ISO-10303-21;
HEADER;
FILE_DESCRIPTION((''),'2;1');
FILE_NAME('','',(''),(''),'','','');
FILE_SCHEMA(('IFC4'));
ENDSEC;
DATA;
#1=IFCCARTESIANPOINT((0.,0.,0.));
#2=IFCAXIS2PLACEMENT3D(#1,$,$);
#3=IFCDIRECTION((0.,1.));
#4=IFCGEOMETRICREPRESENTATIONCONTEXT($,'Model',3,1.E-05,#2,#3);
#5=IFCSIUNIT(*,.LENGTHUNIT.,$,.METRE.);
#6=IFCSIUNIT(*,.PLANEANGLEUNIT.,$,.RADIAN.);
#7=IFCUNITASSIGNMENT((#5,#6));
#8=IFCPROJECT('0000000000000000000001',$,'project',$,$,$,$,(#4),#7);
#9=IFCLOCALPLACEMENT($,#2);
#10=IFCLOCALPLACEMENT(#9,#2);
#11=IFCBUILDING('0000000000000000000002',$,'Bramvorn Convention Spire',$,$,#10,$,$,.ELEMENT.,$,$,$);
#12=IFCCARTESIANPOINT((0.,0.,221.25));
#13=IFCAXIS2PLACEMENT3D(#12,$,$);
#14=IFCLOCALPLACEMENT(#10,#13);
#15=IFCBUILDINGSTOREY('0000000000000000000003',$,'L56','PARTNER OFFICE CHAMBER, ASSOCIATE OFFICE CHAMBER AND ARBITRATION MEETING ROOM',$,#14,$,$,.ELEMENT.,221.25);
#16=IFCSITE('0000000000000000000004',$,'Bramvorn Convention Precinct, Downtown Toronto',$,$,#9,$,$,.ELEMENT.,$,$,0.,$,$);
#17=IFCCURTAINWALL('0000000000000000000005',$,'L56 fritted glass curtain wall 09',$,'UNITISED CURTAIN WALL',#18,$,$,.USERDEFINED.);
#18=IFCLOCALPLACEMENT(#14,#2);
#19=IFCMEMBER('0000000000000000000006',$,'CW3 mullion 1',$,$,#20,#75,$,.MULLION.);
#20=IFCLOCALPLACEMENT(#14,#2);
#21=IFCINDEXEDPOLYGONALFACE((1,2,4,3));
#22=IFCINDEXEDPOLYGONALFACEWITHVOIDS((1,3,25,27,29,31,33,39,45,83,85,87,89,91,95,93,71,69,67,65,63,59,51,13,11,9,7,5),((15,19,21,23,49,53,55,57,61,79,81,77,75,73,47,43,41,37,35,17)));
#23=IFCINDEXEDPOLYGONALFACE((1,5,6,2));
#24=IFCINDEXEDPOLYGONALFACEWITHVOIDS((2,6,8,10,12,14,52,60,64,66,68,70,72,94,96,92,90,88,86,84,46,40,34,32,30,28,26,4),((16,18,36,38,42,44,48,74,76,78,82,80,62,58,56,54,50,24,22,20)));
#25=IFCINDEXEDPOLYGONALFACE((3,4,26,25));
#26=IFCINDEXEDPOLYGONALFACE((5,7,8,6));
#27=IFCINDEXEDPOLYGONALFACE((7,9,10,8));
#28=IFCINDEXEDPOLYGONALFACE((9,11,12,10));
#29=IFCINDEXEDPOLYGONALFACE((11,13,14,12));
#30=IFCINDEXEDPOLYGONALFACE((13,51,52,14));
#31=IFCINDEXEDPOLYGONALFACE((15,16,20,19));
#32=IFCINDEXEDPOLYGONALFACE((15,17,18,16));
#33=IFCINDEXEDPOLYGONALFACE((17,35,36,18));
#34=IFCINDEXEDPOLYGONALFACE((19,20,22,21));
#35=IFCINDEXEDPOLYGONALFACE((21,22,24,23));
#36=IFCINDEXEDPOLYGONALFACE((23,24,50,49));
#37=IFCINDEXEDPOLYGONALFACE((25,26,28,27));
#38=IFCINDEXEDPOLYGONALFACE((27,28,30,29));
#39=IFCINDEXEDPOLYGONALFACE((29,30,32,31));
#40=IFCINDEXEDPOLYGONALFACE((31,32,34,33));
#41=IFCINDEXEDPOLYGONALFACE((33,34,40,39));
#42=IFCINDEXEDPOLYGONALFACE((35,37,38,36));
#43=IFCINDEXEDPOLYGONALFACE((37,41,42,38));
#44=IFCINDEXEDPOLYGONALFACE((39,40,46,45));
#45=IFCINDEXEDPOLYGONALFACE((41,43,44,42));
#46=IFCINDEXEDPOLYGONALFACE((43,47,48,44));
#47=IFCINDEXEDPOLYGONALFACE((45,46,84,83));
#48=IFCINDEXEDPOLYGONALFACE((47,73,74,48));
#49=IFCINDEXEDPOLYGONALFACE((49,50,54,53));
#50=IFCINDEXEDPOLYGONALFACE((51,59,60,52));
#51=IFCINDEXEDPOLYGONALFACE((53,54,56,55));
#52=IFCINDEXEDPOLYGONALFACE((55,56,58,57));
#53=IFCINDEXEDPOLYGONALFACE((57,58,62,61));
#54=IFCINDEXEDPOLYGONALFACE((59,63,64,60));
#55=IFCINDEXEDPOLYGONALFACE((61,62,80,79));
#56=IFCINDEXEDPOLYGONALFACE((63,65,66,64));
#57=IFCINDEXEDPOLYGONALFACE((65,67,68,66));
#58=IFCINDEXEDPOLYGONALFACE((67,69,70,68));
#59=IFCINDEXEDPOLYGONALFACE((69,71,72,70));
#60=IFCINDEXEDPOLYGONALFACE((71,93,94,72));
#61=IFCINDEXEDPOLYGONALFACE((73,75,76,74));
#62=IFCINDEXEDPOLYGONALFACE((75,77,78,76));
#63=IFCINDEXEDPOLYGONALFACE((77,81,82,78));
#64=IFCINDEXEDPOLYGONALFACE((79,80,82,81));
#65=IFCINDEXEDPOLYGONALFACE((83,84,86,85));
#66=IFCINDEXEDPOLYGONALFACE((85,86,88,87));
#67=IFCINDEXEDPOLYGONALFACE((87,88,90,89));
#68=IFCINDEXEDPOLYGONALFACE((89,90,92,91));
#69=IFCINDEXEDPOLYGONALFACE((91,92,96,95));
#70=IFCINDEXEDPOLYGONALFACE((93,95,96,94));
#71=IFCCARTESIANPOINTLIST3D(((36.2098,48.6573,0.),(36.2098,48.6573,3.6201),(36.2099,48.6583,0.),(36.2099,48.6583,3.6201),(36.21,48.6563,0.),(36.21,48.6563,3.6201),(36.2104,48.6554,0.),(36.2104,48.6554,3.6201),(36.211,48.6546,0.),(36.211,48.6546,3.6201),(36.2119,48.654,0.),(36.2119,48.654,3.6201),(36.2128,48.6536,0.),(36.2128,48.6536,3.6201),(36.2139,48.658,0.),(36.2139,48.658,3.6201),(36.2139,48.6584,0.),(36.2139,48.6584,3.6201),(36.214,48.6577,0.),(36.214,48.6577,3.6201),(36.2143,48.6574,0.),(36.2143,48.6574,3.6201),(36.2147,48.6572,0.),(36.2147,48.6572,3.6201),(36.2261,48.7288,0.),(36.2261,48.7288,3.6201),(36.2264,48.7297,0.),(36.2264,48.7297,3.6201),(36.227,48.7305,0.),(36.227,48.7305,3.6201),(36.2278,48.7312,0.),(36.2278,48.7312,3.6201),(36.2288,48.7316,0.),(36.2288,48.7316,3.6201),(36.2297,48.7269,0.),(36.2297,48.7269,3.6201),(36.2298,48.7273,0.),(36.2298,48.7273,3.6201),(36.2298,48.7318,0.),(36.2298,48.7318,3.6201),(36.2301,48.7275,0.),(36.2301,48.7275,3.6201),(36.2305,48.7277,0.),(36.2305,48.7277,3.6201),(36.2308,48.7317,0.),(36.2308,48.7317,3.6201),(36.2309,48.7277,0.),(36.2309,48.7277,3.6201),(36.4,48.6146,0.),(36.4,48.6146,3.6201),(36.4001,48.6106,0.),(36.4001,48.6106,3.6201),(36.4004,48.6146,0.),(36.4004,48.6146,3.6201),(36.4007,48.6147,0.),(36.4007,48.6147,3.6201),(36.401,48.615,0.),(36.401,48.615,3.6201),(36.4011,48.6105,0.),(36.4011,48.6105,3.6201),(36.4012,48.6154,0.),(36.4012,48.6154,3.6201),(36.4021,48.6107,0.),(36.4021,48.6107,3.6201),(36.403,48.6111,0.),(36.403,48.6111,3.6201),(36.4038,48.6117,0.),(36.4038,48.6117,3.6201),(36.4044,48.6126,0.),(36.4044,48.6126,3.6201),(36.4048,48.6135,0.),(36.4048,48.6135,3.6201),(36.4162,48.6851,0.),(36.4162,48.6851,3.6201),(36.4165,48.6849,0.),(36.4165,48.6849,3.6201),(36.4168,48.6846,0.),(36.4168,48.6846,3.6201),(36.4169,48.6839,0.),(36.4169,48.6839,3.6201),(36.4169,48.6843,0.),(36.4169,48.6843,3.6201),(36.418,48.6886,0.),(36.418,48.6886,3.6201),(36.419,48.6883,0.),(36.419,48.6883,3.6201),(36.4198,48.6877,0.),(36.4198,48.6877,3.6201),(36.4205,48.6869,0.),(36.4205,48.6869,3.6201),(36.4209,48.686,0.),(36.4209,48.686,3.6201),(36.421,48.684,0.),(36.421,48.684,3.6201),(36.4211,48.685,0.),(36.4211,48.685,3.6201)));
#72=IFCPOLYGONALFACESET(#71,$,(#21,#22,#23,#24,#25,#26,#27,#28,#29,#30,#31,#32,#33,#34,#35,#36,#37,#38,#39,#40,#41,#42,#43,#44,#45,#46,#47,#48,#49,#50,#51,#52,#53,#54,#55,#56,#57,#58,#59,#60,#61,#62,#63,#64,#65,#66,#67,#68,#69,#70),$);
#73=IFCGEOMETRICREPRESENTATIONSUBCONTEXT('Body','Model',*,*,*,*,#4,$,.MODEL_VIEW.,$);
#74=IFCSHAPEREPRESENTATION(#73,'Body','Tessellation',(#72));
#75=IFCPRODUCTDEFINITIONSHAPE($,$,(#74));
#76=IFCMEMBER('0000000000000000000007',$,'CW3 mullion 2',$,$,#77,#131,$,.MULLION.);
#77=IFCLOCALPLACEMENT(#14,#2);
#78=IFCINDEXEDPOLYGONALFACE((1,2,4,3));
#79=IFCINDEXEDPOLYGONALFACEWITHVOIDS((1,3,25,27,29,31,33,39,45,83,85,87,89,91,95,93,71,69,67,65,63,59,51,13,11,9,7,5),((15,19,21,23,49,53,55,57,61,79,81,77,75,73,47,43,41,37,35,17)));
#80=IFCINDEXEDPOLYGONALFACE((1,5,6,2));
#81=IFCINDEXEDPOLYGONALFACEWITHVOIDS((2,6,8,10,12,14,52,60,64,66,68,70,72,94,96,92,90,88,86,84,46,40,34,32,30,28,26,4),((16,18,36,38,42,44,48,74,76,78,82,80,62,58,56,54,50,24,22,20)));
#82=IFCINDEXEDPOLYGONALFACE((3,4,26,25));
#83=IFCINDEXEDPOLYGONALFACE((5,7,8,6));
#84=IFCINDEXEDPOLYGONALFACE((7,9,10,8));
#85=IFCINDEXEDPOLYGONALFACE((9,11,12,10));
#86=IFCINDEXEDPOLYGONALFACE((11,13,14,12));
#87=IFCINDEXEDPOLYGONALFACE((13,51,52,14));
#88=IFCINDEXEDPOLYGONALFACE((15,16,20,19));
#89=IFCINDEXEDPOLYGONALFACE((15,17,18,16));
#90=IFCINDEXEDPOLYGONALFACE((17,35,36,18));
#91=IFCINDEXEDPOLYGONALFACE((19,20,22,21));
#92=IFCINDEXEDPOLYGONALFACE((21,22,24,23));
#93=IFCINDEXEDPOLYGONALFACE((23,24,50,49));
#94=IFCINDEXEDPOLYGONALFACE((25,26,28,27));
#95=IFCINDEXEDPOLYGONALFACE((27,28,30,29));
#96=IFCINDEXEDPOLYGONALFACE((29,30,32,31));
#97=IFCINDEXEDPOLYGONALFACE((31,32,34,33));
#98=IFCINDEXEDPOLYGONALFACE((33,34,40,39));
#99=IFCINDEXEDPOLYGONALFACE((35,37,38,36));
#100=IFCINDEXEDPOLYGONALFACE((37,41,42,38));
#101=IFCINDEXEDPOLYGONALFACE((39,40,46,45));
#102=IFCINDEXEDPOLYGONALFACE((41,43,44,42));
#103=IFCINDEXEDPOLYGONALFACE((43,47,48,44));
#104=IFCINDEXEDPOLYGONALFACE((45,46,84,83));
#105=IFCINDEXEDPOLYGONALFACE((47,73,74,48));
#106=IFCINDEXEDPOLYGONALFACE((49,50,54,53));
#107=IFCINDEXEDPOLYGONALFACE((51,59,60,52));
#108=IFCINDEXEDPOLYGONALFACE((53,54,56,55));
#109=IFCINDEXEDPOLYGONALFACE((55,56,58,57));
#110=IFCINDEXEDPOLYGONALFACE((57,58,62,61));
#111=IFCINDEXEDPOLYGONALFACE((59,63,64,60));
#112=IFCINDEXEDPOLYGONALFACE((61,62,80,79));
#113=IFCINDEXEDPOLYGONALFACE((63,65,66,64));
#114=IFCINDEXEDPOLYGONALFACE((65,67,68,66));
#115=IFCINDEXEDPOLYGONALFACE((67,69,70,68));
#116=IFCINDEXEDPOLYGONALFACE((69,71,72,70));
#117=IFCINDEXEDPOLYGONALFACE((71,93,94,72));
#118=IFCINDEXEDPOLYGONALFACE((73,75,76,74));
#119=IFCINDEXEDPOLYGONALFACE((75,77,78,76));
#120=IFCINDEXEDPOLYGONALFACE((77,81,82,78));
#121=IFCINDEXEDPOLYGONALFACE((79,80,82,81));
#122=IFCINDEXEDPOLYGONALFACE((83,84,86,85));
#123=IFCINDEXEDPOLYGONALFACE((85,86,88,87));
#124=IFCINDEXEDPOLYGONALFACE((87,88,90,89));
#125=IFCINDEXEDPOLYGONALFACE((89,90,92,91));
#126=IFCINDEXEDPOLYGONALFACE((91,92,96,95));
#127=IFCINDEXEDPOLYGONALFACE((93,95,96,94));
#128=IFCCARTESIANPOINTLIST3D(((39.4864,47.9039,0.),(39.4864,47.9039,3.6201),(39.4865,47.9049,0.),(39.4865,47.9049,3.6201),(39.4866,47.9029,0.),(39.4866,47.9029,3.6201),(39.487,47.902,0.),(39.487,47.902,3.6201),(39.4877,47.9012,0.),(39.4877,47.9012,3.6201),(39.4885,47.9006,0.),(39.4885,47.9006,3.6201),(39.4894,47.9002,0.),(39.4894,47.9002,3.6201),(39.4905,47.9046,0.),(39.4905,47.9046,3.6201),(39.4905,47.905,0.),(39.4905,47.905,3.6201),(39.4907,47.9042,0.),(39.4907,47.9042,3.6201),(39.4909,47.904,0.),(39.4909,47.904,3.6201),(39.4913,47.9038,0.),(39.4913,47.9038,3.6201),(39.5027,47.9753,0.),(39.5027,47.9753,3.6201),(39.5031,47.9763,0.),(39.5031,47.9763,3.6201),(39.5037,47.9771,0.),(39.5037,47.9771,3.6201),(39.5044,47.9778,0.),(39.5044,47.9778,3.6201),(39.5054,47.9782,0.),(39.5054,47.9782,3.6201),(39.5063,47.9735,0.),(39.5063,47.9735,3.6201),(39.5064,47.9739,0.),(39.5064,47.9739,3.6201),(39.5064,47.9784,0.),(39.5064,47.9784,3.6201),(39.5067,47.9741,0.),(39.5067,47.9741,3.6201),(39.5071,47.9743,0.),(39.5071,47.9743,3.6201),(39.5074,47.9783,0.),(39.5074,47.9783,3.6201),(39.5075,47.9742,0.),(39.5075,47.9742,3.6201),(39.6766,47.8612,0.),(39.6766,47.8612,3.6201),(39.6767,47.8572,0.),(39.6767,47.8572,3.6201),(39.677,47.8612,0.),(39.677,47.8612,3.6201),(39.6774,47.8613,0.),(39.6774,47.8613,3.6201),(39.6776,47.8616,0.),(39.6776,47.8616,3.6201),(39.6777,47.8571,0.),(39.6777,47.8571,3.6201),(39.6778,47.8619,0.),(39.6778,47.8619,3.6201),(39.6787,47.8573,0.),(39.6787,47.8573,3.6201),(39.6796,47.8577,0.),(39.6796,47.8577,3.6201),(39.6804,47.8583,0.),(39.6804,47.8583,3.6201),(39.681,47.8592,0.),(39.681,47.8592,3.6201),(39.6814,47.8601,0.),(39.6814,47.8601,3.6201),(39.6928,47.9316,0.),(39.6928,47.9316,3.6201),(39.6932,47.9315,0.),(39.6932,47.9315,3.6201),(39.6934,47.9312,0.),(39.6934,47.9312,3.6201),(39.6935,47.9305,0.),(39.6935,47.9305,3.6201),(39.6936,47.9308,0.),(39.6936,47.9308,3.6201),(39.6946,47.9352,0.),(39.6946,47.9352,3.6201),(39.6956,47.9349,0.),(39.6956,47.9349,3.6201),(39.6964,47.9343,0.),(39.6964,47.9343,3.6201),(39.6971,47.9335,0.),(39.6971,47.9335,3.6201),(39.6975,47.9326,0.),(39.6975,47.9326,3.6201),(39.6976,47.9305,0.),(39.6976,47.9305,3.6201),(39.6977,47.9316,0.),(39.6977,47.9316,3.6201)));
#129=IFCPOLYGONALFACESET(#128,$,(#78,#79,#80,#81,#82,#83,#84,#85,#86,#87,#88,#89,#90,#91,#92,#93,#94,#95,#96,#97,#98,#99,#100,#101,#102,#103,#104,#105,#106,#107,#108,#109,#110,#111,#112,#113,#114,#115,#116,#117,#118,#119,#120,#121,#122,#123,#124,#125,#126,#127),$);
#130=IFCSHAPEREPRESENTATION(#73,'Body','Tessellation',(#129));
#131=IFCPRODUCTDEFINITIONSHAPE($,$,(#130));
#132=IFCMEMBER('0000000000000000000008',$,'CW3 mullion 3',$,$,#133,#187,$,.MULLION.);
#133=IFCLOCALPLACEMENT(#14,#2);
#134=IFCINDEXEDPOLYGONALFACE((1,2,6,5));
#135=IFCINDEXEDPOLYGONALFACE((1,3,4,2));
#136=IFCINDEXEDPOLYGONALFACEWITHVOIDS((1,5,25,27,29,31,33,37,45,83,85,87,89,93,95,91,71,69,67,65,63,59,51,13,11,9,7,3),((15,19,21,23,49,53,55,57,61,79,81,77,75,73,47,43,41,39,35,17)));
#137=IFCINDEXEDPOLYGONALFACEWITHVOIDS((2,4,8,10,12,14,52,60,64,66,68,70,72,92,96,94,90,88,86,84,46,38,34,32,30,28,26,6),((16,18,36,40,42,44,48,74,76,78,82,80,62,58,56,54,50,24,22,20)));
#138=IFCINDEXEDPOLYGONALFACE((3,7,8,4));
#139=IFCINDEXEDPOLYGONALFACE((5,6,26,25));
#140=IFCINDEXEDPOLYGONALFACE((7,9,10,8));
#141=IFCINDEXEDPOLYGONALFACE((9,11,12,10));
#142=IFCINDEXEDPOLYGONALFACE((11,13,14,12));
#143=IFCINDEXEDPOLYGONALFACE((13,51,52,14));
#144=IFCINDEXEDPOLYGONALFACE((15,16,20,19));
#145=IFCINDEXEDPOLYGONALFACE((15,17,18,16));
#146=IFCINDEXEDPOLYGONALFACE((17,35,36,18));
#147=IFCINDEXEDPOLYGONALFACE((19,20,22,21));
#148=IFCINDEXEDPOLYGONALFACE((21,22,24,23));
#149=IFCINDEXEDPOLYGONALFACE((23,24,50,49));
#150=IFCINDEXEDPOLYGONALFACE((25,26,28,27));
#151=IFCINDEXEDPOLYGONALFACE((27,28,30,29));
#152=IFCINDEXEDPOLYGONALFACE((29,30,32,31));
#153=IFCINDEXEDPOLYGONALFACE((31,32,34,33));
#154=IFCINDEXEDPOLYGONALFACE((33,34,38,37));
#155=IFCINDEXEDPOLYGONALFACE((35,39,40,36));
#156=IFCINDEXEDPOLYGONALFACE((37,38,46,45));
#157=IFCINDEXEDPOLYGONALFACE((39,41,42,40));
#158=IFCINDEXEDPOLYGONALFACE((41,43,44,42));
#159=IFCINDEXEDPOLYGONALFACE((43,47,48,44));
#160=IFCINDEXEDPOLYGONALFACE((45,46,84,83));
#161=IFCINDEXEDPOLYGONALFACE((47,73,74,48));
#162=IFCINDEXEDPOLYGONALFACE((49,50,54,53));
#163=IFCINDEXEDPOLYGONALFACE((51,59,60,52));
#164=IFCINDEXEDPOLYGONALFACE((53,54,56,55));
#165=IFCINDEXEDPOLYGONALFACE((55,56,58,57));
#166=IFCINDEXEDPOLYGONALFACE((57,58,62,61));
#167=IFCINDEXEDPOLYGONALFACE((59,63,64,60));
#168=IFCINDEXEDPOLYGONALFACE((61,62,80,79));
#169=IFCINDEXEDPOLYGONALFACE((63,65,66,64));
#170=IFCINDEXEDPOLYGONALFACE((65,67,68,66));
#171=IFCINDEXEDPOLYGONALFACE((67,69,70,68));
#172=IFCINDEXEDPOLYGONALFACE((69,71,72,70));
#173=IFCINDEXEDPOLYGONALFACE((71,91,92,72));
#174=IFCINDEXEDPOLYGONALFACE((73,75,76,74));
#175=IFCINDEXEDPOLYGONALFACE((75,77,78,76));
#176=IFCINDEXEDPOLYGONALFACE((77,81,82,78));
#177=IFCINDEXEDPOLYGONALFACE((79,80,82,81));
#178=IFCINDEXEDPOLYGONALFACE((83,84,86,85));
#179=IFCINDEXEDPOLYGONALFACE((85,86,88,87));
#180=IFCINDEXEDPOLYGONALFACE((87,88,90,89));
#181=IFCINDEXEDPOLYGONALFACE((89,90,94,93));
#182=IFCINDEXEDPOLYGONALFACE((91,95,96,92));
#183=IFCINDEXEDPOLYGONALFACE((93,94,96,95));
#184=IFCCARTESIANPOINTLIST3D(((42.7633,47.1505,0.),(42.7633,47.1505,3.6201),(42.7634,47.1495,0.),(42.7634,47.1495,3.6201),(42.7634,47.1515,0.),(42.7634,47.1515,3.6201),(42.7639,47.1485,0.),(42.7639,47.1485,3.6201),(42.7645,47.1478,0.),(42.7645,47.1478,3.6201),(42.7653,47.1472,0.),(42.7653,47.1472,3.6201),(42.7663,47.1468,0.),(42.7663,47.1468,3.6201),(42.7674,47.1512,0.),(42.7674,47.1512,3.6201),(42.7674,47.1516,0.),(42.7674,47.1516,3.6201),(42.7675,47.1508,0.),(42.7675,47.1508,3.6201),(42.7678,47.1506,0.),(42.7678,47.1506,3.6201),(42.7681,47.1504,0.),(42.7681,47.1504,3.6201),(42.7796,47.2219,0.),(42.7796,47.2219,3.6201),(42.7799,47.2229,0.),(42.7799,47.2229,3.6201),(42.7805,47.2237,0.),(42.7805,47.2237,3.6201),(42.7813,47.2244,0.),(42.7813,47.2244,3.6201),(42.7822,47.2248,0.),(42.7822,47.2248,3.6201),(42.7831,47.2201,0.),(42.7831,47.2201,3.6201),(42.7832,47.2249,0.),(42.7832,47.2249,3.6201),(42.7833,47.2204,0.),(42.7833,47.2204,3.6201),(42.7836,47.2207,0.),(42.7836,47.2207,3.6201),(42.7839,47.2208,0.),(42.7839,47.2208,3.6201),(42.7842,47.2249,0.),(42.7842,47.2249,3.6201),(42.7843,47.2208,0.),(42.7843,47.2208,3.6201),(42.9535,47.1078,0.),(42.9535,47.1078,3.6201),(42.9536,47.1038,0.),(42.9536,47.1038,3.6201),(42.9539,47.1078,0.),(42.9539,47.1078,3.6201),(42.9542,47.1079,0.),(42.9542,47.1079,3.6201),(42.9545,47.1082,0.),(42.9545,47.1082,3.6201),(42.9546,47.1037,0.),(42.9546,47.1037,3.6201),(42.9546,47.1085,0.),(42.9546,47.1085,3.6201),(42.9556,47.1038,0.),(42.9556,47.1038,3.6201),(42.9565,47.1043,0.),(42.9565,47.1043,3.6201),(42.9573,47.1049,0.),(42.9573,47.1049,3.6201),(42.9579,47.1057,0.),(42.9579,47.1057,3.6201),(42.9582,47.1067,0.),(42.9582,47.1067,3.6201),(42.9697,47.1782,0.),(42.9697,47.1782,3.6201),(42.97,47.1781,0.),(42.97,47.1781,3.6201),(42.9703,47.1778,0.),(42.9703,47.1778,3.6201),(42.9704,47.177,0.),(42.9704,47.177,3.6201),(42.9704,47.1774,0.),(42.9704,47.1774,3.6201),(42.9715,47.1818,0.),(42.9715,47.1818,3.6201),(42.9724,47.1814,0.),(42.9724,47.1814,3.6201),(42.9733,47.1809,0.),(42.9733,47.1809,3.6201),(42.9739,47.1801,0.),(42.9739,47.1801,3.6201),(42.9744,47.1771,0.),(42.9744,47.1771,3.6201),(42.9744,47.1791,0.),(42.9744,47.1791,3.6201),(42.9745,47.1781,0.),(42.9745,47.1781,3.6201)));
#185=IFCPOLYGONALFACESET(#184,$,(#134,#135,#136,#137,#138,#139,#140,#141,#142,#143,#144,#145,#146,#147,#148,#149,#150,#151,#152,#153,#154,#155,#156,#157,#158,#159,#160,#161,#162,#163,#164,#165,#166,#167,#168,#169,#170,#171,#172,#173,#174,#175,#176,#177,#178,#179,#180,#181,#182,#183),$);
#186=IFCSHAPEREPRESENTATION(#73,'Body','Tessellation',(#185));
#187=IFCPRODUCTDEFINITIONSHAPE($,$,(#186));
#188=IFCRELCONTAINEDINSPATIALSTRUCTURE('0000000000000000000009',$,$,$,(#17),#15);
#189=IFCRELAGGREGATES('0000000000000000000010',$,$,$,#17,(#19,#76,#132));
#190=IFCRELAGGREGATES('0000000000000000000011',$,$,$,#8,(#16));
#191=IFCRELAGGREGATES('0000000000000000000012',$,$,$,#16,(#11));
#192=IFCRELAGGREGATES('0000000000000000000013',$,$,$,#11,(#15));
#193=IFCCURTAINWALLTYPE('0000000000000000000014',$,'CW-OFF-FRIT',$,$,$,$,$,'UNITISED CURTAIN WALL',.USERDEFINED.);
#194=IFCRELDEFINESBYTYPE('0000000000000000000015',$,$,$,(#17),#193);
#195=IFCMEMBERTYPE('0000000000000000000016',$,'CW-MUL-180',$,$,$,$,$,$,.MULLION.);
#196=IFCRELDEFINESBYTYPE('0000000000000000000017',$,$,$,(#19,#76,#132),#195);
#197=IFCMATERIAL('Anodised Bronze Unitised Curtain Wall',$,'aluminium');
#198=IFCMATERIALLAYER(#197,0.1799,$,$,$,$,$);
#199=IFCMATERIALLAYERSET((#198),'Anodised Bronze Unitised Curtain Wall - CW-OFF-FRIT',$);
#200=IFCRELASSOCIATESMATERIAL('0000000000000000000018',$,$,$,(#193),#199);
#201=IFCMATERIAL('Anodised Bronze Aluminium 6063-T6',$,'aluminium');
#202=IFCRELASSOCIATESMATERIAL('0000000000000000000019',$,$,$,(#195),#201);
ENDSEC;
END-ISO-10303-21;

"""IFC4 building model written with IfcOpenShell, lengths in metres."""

from ifc_helpers import new_model, si_unit, direction, frame, origin, origin_2d, place, context, subcontext, project, spatial, hollow_rectangle, extrude, material, layer, layer_set, material_profile, profile_set, type_object, element, aggregate, save


model = new_model("IFC4")

# Units and contexts
model_context = context("Model", 3, precision=1e-05, world=origin(), true_north=direction((0.0, 1.0)))
body_context = subcontext(model_context, "Body", "Model", "MODEL_VIEW")
ifc_project = project(units=[si_unit("LENGTHUNIT", "METRE"), si_unit("PLANEANGLEUNIT", "RADIAN")], contexts=[model_context])

# Site, building, storey
site_placement = place(None, origin())
site = spatial("IfcSite", under=ifc_project, at=site_placement, Name="Bramvorn Convention Precinct, Downtown Toronto", CompositionType="ELEMENT", RefElevation=0.0)
building_placement = place(site_placement, origin())
building = spatial("IfcBuilding", under=site, at=building_placement, Name="Bramvorn Convention Spire", CompositionType="ELEMENT")
storey_placement = place(building_placement, frame((0.0, 0.0, 221.25)))
storey = spatial("IfcBuildingStorey", under=building, at=storey_placement, Name="L56", Description="PARTNER OFFICE CHAMBER, ASSOCIATE OFFICE CHAMBER AND ARBITRATION MEETING ROOM", CompositionType="ELEMENT", Elevation=221.25)

# Shared definitions
ifc_material_1 = material(Name="Anodised Bronze Unitised Curtain Wall", Category="aluminium")
ifc_layer_1 = layer(ifc_material_1, 0.1799)
ifc_layer_set_1 = layer_set([ifc_layer_1], Name="Anodised Bronze Unitised Curtain Wall - CW-OFF-FRIT")
curtain_wall_type = type_object("IfcCurtainWallType", Name="CW-OFF-FRIT", ElementType="UNITISED CURTAIN WALL", PredefinedType="USERDEFINED", material=ifc_layer_set_1)
ifc_material_2 = material(Name="Anodised Bronze Aluminium 6063-T6", Category="aluminium")
ifc_material_profile_1 = material_profile(ifc_material_2, hollow_rectangle(XDim=0.0801, YDim=0.2, WallThickness=0.0039, InnerFilletRadius=0.001, OuterFilletRadius=0.0039, at=origin_2d()))
ifc_profile_set_1 = profile_set([ifc_material_profile_1], Name="Anodised Bronze Aluminium 6063-T6 - CWM80X200")
member_type_1 = type_object("IfcMemberType", Name="CW-MUL-180", PredefinedType="MULLION", material=ifc_profile_set_1)

# Curtain wall, members
curtain_wall_1_placement = place(storey_placement, origin())
curtain_wall_1 = element("IfcCurtainWall", 1, at=curtain_wall_1_placement, inside=storey, type_object=curtain_wall_type, Name="L56 fritted glass curtain wall 09", ObjectType="UNITISED CURTAIN WALL", PredefinedType="USERDEFINED")
member_1_placement = place(storey_placement, frame((36.3154, 48.6711, 0.0), z_axis=(0.0, 0.0, 1.0), x_axis=(0.224055, 0.974576, 0.0)))
member_1 = element("IfcMember", 2, at=member_1_placement, type_object=member_type_1, Name="CW3 mullion 1", PredefinedType="MULLION", context=body_context, shape_type="SweptSolid", body=[
    extrude(hollow_rectangle(XDim=0.0801, YDim=0.2, WallThickness=0.0039, InnerFilletRadius=0.001, OuterFilletRadius=0.0039, at=origin_2d()), origin(), (0.0, 0.0, 1.0), 3.6201),
])
member_2_placement = place(storey_placement, frame((39.592, 47.9177, 0.0), z_axis=(0.0, 0.0, 1.0), x_axis=(0.224055, 0.974576, 0.0)))
member_2 = element("IfcMember", 3, at=member_2_placement, type_object=member_type_1, Name="CW3 mullion 2", PredefinedType="MULLION", context=body_context, shape_type="SweptSolid", body=[
    extrude(hollow_rectangle(XDim=0.0801, YDim=0.2, WallThickness=0.0039, InnerFilletRadius=0.001, OuterFilletRadius=0.0039, at=origin_2d()), origin(), (0.0, 0.0, 1.0), 3.6201),
])
member_3_placement = place(storey_placement, frame((42.8689, 47.1643, 0.0), z_axis=(0.0, 0.0, 1.0), x_axis=(0.224055, 0.974576, 0.0)))
member_3 = element("IfcMember", 4, at=member_3_placement, type_object=member_type_1, Name="CW3 mullion 3", PredefinedType="MULLION", context=body_context, shape_type="SweptSolid", body=[
    extrude(hollow_rectangle(XDim=0.0801, YDim=0.2, WallThickness=0.0039, InnerFilletRadius=0.001, OuterFilletRadius=0.0039, at=origin_2d()), origin(), (0.0, 0.0, 1.0), 3.6201),
])

aggregate(curtain_wall_1, [member_1, member_2, member_3])

save(model, "model.ifc")
